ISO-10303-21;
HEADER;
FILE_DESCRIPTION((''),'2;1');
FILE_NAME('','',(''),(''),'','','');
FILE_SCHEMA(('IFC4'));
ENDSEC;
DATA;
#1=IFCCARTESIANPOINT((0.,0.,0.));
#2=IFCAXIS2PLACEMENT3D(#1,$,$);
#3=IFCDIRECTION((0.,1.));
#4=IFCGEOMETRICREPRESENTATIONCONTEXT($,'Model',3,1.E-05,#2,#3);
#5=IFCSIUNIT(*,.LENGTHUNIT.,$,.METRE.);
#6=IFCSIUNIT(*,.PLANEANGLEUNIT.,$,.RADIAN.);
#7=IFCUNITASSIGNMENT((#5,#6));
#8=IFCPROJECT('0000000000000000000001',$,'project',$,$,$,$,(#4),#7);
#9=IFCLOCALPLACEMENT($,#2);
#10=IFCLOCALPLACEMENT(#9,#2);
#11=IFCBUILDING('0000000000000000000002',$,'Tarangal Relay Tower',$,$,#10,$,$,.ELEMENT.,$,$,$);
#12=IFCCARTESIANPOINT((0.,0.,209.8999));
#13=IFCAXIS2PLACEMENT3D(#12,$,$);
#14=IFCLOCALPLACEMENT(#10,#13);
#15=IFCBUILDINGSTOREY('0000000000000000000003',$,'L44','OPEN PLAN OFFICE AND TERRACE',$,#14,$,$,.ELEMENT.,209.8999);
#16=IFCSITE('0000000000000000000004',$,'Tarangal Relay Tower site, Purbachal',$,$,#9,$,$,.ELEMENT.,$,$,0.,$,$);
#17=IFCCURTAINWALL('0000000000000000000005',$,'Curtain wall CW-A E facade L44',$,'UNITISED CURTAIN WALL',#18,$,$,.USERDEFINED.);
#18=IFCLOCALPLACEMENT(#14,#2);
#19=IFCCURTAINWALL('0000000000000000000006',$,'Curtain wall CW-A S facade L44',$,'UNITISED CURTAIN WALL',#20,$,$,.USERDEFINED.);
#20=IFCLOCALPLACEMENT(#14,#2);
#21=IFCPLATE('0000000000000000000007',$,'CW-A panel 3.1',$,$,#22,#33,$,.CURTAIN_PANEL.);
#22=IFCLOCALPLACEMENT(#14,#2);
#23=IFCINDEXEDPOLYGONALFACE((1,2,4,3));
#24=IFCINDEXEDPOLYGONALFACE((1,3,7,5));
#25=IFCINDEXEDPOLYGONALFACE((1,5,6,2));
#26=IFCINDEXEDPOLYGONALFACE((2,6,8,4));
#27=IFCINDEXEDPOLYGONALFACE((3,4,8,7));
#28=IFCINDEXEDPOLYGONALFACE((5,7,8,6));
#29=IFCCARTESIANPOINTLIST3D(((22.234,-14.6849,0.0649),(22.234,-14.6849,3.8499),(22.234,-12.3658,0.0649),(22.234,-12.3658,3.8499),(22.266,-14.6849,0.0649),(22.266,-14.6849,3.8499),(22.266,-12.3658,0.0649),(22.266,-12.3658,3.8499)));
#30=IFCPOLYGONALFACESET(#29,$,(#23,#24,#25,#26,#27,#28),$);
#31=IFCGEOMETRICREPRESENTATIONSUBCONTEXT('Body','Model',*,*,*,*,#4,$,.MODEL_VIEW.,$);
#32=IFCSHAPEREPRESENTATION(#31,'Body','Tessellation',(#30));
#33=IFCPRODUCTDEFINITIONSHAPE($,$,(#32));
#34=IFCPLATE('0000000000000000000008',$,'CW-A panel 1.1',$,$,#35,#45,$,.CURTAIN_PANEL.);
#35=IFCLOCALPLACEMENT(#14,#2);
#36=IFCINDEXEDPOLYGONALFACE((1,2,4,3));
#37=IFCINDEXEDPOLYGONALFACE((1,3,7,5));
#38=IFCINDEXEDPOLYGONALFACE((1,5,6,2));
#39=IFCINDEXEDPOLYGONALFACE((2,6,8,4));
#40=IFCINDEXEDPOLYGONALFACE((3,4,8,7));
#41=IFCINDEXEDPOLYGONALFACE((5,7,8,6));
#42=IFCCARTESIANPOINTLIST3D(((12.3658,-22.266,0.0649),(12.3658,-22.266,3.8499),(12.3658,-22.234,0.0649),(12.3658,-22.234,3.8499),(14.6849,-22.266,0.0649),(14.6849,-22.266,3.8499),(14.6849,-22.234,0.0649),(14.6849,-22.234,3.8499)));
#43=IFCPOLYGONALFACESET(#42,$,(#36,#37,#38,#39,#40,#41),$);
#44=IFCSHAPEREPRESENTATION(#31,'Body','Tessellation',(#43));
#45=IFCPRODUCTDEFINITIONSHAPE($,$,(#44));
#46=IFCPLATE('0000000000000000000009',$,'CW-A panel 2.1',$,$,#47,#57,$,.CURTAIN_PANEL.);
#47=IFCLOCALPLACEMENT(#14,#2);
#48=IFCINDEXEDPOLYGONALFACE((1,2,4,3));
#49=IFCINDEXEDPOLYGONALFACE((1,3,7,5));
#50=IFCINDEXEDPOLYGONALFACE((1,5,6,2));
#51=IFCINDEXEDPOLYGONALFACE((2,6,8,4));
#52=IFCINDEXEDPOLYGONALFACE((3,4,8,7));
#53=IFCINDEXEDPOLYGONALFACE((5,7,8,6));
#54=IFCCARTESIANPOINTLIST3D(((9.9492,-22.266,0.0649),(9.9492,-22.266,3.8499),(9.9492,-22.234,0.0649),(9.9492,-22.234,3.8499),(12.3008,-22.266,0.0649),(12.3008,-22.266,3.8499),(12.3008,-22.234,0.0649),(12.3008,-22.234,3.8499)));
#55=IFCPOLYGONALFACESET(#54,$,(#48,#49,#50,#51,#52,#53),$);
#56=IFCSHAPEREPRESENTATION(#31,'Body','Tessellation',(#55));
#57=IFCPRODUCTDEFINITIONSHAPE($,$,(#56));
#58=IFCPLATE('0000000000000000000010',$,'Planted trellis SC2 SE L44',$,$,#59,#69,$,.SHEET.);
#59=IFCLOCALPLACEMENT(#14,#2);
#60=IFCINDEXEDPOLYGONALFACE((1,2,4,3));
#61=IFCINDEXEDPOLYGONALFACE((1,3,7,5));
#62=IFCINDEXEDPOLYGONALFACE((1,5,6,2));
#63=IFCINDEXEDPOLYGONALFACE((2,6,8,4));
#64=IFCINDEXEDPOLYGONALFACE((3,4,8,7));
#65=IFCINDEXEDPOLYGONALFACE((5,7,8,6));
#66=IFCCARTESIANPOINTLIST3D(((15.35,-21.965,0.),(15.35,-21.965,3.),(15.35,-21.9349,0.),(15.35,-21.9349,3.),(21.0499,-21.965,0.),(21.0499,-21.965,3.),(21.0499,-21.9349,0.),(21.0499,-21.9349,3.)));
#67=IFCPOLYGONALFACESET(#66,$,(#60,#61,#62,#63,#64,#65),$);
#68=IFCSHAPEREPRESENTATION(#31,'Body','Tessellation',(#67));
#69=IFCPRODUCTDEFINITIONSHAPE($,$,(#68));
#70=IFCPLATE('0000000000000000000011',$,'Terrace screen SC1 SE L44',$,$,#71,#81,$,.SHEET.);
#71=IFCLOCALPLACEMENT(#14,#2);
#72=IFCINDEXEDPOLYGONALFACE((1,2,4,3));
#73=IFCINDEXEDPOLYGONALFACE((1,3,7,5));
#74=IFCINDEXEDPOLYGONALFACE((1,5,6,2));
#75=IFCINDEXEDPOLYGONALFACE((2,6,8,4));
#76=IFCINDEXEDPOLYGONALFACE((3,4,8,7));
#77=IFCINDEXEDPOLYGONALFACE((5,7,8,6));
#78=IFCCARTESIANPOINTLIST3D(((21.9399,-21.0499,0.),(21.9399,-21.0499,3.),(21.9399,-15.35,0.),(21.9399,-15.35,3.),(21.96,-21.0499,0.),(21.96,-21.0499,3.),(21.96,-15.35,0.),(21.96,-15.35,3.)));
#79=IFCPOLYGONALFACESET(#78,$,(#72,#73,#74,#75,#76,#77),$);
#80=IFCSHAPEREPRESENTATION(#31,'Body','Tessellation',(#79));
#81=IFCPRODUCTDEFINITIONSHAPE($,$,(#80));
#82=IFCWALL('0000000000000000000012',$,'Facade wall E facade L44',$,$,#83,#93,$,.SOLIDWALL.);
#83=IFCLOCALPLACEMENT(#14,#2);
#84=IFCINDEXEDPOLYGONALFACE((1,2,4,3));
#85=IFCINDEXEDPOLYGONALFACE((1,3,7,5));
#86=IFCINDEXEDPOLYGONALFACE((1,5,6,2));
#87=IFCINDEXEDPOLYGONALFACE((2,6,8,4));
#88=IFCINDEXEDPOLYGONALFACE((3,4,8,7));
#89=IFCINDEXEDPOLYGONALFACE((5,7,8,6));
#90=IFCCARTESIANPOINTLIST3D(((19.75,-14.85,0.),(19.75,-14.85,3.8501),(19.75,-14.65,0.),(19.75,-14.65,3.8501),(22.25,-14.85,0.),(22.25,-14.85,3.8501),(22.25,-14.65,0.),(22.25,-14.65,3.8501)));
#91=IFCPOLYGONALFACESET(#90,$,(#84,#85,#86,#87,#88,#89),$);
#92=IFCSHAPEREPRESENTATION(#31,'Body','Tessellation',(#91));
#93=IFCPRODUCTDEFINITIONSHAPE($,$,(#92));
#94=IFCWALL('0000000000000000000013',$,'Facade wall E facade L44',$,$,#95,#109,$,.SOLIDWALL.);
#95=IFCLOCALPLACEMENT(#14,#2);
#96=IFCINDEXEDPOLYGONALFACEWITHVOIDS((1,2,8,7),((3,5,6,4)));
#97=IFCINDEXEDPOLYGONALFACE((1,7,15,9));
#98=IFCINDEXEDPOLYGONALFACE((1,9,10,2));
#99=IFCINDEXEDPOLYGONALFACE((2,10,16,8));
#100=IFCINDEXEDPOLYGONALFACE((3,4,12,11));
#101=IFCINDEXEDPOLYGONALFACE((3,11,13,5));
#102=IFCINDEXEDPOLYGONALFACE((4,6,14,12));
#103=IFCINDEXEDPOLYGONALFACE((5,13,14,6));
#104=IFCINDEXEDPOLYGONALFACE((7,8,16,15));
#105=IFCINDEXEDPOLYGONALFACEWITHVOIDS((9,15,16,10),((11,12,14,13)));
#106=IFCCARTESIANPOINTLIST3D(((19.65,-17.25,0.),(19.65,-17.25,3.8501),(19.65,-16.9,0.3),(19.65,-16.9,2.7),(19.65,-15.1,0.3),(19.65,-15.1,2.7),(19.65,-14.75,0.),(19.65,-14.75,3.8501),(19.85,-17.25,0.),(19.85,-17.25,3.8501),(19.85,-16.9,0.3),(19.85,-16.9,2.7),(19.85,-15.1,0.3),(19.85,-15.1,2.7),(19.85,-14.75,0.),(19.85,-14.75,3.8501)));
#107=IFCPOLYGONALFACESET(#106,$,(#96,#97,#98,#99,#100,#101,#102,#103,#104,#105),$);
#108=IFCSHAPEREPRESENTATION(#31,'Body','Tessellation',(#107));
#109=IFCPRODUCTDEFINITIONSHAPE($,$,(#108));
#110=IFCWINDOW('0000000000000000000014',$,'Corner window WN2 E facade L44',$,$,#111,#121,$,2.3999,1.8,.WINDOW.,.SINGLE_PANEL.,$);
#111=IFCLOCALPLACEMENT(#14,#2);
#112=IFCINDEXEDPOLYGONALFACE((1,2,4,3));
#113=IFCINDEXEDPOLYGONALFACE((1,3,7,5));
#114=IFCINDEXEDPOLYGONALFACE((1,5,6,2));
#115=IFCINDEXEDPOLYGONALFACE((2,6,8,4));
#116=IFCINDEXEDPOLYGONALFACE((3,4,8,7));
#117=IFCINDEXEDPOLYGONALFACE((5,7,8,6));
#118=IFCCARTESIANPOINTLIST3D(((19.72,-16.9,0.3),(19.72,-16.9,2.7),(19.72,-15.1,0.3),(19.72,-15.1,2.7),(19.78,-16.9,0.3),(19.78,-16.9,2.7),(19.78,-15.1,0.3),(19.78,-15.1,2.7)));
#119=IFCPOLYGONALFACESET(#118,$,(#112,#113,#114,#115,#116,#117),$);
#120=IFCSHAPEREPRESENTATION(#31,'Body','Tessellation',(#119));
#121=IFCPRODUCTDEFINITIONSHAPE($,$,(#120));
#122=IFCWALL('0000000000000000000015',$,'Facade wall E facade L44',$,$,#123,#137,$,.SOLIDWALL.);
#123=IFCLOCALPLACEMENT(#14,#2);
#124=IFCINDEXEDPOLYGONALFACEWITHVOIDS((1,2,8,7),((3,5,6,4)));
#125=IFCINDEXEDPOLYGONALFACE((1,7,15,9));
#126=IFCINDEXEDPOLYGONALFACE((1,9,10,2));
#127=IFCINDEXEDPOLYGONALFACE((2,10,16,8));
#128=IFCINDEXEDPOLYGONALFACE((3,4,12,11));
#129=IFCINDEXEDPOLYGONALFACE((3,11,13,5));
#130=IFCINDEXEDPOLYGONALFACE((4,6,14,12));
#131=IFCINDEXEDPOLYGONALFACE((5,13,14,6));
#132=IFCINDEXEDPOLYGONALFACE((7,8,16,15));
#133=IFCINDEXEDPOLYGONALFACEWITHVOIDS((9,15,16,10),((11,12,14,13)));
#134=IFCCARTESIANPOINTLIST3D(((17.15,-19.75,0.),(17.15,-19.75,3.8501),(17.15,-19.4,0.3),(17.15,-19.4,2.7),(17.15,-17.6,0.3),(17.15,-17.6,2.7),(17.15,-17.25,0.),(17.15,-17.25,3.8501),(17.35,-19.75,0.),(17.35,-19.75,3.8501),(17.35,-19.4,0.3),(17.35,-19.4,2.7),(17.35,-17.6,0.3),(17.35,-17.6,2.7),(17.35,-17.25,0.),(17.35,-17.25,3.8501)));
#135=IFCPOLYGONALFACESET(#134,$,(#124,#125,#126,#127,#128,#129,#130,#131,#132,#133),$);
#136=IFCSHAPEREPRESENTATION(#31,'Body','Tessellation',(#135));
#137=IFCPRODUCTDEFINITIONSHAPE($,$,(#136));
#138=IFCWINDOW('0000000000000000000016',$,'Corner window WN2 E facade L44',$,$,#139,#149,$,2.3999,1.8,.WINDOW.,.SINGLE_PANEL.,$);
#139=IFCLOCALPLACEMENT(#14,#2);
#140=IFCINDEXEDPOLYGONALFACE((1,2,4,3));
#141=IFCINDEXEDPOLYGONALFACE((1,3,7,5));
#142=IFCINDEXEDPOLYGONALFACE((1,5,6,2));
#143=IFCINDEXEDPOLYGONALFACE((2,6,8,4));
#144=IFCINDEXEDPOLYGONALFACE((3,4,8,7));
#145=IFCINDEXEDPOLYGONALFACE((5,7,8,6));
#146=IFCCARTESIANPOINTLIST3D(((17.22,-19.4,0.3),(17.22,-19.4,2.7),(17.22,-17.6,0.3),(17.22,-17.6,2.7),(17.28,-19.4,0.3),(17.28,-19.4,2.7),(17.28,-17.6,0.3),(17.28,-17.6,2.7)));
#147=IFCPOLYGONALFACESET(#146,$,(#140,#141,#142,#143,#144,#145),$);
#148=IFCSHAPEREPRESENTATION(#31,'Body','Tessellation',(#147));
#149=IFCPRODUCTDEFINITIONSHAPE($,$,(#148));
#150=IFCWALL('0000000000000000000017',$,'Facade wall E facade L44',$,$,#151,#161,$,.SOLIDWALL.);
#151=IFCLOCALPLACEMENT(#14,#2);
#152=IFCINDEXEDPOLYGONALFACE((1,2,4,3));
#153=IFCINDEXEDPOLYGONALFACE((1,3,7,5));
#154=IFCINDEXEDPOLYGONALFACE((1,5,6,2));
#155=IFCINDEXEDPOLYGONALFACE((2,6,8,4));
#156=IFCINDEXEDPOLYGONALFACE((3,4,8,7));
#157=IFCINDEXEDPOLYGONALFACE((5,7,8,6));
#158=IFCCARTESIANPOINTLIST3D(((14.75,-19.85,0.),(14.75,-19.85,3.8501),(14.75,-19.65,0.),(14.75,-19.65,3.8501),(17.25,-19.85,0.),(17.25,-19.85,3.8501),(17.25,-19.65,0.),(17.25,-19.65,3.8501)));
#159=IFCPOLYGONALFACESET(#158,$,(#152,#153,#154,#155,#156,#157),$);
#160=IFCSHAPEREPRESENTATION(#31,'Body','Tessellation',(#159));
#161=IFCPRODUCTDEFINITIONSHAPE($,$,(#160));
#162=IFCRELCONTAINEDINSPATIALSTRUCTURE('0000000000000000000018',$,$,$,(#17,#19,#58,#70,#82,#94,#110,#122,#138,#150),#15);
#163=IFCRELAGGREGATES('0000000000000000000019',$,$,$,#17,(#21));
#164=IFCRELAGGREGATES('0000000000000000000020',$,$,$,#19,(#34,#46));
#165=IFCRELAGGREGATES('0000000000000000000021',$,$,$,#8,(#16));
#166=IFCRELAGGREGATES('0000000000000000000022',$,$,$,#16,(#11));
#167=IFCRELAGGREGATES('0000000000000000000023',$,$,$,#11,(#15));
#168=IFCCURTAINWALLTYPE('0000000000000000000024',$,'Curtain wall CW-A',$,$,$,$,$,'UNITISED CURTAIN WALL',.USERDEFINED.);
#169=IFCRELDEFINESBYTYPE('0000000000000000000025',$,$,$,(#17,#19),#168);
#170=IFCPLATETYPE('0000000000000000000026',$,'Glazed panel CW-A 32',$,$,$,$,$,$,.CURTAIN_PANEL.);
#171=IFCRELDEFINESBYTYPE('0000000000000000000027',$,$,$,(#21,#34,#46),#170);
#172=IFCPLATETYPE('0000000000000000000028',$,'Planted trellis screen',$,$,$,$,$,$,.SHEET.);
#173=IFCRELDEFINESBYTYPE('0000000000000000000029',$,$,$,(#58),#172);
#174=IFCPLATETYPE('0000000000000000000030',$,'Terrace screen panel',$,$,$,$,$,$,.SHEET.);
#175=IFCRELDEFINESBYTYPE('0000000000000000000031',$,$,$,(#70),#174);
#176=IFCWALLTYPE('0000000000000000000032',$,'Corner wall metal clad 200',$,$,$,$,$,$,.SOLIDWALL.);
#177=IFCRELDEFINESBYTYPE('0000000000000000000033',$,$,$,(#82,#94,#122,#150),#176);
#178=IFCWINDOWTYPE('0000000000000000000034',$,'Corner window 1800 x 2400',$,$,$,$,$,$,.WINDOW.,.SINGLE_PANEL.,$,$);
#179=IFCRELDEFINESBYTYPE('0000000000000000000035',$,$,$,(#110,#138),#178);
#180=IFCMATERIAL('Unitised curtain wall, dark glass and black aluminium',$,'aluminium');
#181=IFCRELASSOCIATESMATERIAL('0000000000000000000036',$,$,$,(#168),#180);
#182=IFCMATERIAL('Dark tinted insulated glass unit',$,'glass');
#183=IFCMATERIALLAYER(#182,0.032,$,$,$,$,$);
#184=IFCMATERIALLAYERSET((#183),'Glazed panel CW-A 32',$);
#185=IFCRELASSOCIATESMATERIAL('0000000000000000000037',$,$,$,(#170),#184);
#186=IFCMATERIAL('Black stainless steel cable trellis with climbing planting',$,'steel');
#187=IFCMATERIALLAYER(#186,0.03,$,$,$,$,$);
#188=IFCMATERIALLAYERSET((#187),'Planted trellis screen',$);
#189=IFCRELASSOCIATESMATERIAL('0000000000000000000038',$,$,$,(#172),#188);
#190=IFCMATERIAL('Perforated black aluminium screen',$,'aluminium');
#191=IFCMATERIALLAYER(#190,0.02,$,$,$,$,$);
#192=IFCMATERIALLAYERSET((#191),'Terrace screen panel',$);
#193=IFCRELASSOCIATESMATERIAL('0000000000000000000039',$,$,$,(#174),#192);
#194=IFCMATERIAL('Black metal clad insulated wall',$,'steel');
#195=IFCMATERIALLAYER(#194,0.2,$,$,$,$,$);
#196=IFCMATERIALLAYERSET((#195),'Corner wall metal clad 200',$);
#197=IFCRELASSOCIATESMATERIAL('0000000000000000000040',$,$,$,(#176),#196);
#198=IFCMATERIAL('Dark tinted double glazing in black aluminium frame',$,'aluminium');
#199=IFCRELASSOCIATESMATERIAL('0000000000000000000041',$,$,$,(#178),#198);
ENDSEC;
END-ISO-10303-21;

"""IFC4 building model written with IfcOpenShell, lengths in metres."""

from ifc_helpers import new_model, si_unit, direction, frame, frame_2d, origin, origin_2d, place, context, subcontext, project, spatial, rectangle, extrude, material, layer, layer_set, type_object, element, fill, aggregate, save


model = new_model("IFC4")

# Units and contexts
model_context = context("Model", 3, precision=1e-05, world=origin(), true_north=direction((0.0, 1.0)))
body_context = subcontext(model_context, "Body", "Model", "MODEL_VIEW")
ifc_project = project(units=[si_unit("LENGTHUNIT", "METRE"), si_unit("PLANEANGLEUNIT", "RADIAN")], contexts=[model_context])

# Site, building, storey
site_placement = place(None, origin())
site = spatial("IfcSite", under=ifc_project, at=site_placement, Name="Tarangal Relay Tower site, Purbachal", CompositionType="ELEMENT", RefElevation=0.0)
building_placement = place(site_placement, origin())
building = spatial("IfcBuilding", under=site, at=building_placement, Name="Tarangal Relay Tower", CompositionType="ELEMENT")
storey_placement = place(building_placement, frame((0.0, 0.0, 209.8999)))
storey = spatial("IfcBuildingStorey", under=building, at=storey_placement, Name="L44", Description="OPEN PLAN OFFICE AND TERRACE", CompositionType="ELEMENT", Elevation=209.8999)

# Curtain walls
ifc_material_1 = material(Name="Unitised curtain wall, dark glass and black aluminium", Category="aluminium")
curtain_wall_type = type_object("IfcCurtainWallType", Name="Curtain wall CW-A", ElementType="UNITISED CURTAIN WALL", PredefinedType="USERDEFINED", material=ifc_material_1)
curtain_wall_1_placement = place(storey_placement, origin())
curtain_wall_1 = element("IfcCurtainWall", 1, at=curtain_wall_1_placement, inside=storey, type_object=curtain_wall_type, Name="Curtain wall CW-A E facade L44", ObjectType="UNITISED CURTAIN WALL", PredefinedType="USERDEFINED")
curtain_wall_2_placement = place(storey_placement, origin())
curtain_wall_2 = element("IfcCurtainWall", 2, at=curtain_wall_2_placement, inside=storey, type_object=curtain_wall_type, Name="Curtain wall CW-A S facade L44", ObjectType="UNITISED CURTAIN WALL", PredefinedType="USERDEFINED")

# Plates
ifc_material_2 = material(Name="Dark tinted insulated glass unit", Category="glass")
ifc_layer_1 = layer(ifc_material_2, 0.032)
ifc_layer_set_1 = layer_set([ifc_layer_1], Name="Glazed panel CW-A 32")
plate_type_1 = type_object("IfcPlateType", Name="Glazed panel CW-A 32", PredefinedType="CURTAIN_PANEL", material=ifc_layer_set_1)
plate_1_placement = place(storey_placement, frame((22.25, -13.5254, 0.0649), z_axis=(0.0, 0.0, 1.0), x_axis=(0.0, -1.0, 0.0)))
plate_1 = element("IfcPlate", 3, at=plate_1_placement, type_object=plate_type_1, Name="CW-A panel 3.1", PredefinedType="CURTAIN_PANEL", context=body_context, shape_type="SweptSolid", body=[
    extrude(rectangle(XDim=2.3191, YDim=0.032, at=origin_2d()), origin(), (0.0, 0.0, 1.0), 3.7849),
])
aggregate(curtain_wall_1, [plate_1])
plate_2_placement = place(storey_placement, frame((13.5254, -22.25, 0.0649), z_axis=(0.0, 0.0, 1.0), x_axis=(-1.0, 0.0, 0.0)))
plate_2 = element("IfcPlate", 4, at=plate_2_placement, type_object=plate_type_1, Name="CW-A panel 1.1", PredefinedType="CURTAIN_PANEL", context=body_context, shape_type="SweptSolid", body=[
    extrude(rectangle(XDim=2.3191, YDim=0.032, at=origin_2d()), origin(), (0.0, 0.0, 1.0), 3.7849),
])
plate_3_placement = place(storey_placement, frame((11.125, -22.25, 0.0649), z_axis=(0.0, 0.0, 1.0), x_axis=(-1.0, 0.0, 0.0)))
plate_3 = element("IfcPlate", 5, at=plate_3_placement, type_object=plate_type_1, Name="CW-A panel 2.1", PredefinedType="CURTAIN_PANEL", context=body_context, shape_type="SweptSolid", body=[
    extrude(rectangle(XDim=2.3516, YDim=0.032, at=origin_2d()), origin(), (0.0, 0.0, 1.0), 3.7849),
])
aggregate(curtain_wall_2, [plate_2, plate_3])

# Plates
ifc_material_3 = material(Name="Black stainless steel cable trellis with climbing planting", Category="steel")
ifc_layer_2 = layer(ifc_material_3, 0.03)
ifc_layer_set_2 = layer_set([ifc_layer_2], Name="Planted trellis screen")
plate_type_2 = type_object("IfcPlateType", Name="Planted trellis screen", PredefinedType="SHEET", material=ifc_layer_set_2)
plate_4_placement = place(storey_placement, frame((18.2, -21.95, 0.0), z_axis=(0.0, 0.0, 1.0), x_axis=(-1.0, 0.0, 0.0)))
element("IfcPlate", 6, at=plate_4_placement, inside=storey, type_object=plate_type_2, Name="Planted trellis SC2 SE L44", PredefinedType="SHEET", context=body_context, shape_type="SweptSolid", body=[
    extrude(rectangle(XDim=5.7, YDim=0.03, at=origin_2d()), origin(), (0.0, 0.0, 1.0), 3.0),
])
ifc_material_4 = material(Name="Perforated black aluminium screen", Category="aluminium")
ifc_layer_3 = layer(ifc_material_4, 0.02)
ifc_layer_set_3 = layer_set([ifc_layer_3], Name="Terrace screen panel")
plate_type_3 = type_object("IfcPlateType", Name="Terrace screen panel", PredefinedType="SHEET", material=ifc_layer_set_3)
plate_5_placement = place(storey_placement, frame((21.95, -18.2, 0.0), z_axis=(0.0, 0.0, 1.0), x_axis=(0.0, -1.0, 0.0)))
element("IfcPlate", 7, at=plate_5_placement, inside=storey, type_object=plate_type_3, Name="Terrace screen SC1 SE L44", PredefinedType="SHEET", context=body_context, shape_type="SweptSolid", body=[
    extrude(rectangle(XDim=5.7, YDim=0.02, at=origin_2d()), origin(), (0.0, 0.0, 1.0), 3.0),
])

# Wall
ifc_material_5 = material(Name="Black metal clad insulated wall", Category="steel")
ifc_layer_4 = layer(ifc_material_5, 0.2)
ifc_layer_set_4 = layer_set([ifc_layer_4], Name="Corner wall metal clad 200")
wall_type_1 = type_object("IfcWallType", Name="Corner wall metal clad 200", PredefinedType="SOLIDWALL", material=ifc_layer_set_4)
wall_1_placement = place(storey_placement, frame((22.25, -14.75, 0.0), z_axis=(0.0, 0.0, 1.0), x_axis=(-1.0, 0.0, 0.0)))
element("IfcWall", 8, at=wall_1_placement, inside=storey, type_object=wall_type_1, Name="Facade wall E facade L44", PredefinedType="SOLIDWALL", context=body_context, shape_type="SweptSolid", body=[
    extrude(rectangle(XDim=2.5, YDim=0.2, at=frame_2d((1.25, 0.0))), origin(), (0.0, 0.0, 1.0), 3.8501),
])

# Wall, opening, window
wall_2_placement = place(storey_placement, frame((19.75, -14.75, 0.0), z_axis=(0.0, 0.0, 1.0), x_axis=(0.0, -1.0, 0.0)))
wall_2 = element("IfcWall", 9, at=wall_2_placement, inside=storey, type_object=wall_type_1, Name="Facade wall E facade L44", PredefinedType="SOLIDWALL", context=body_context, shape_type="SweptSolid", body=[
    extrude(rectangle(XDim=2.5, YDim=0.2, at=frame_2d((1.25, 0.0))), origin(), (0.0, 0.0, 1.0), 3.8501),
])
opening_1_placement = place(wall_2_placement, frame((0.3501, 0.0, 0.3)))
opening_1 = element("IfcOpeningElement", 10, at=opening_1_placement, cuts=wall_2, PredefinedType="OPENING", context=body_context, shape_type="SweptSolid", body=[
    extrude(rectangle(XDim=1.8, YDim=2.3999, at=frame_2d((0.8999, 1.2))), frame((0.0, 0.1099, 0.0), z_axis=(0.0, -1.0, 0.0), x_axis=(1.0, 0.0, 0.0)), (0.0, 0.0, 1.0), 0.22),
])
ifc_material_6 = material(Name="Dark tinted double glazing in black aluminium frame", Category="aluminium")
window_type = type_object("IfcWindowType", Name="Corner window 1800 x 2400", PartitioningType="SINGLE_PANEL", PredefinedType="WINDOW", material=ifc_material_6)
window_1_placement = place(opening_1_placement, origin())
window_1 = element("IfcWindow", 11, at=window_1_placement, inside=storey, type_object=window_type, Name="Corner window WN2 E facade L44", OverallHeight=2.3999, OverallWidth=1.8, PartitioningType="SINGLE_PANEL", PredefinedType="WINDOW", context=body_context, shape_type="SweptSolid", body=[
    extrude(rectangle(XDim=1.8, YDim=2.3999, at=frame_2d((0.8999, 1.2))), frame((0.0, 0.03, 0.0), z_axis=(0.0, -1.0, 0.0), x_axis=(1.0, 0.0, 0.0)), (0.0, 0.0, 1.0), 0.0601),
])
fill(opening_1, window_1)

# Wall, opening, window
wall_3_placement = place(storey_placement, frame((17.25, -17.25, 0.0), z_axis=(0.0, 0.0, 1.0), x_axis=(0.0, -1.0, 0.0)))
wall_3 = element("IfcWall", 12, at=wall_3_placement, inside=storey, type_object=wall_type_1, Name="Facade wall E facade L44", PredefinedType="SOLIDWALL", context=body_context, shape_type="SweptSolid", body=[
    extrude(rectangle(XDim=2.5, YDim=0.2, at=frame_2d((1.25, 0.0))), origin(), (0.0, 0.0, 1.0), 3.8501),
])
opening_2_placement = place(wall_3_placement, frame((0.3501, 0.0, 0.3)))
opening_2 = element("IfcOpeningElement", 13, at=opening_2_placement, cuts=wall_3, PredefinedType="OPENING", context=body_context, shape_type="SweptSolid", body=[
    extrude(rectangle(XDim=1.8, YDim=2.3999, at=frame_2d((0.8999, 1.2))), frame((0.0, 0.1099, 0.0), z_axis=(0.0, -1.0, 0.0), x_axis=(1.0, 0.0, 0.0)), (0.0, 0.0, 1.0), 0.22),
])
window_2_placement = place(opening_2_placement, origin())
window_2 = element("IfcWindow", 14, at=window_2_placement, inside=storey, type_object=window_type, Name="Corner window WN2 E facade L44", OverallHeight=2.3999, OverallWidth=1.8, PartitioningType="SINGLE_PANEL", PredefinedType="WINDOW", context=body_context, shape_type="SweptSolid", body=[
    extrude(rectangle(XDim=1.8, YDim=2.3999, at=frame_2d((0.8999, 1.2))), frame((0.0, 0.03, 0.0), z_axis=(0.0, -1.0, 0.0), x_axis=(1.0, 0.0, 0.0)), (0.0, 0.0, 1.0), 0.0601),
])
fill(opening_2, window_2)

# Wall
wall_4_placement = place(storey_placement, frame((17.25, -19.75, 0.0), z_axis=(0.0, 0.0, 1.0), x_axis=(-1.0, 0.0, 0.0)))
element("IfcWall", 15, at=wall_4_placement, inside=storey, type_object=wall_type_1, Name="Facade wall E facade L44", PredefinedType="SOLIDWALL", context=body_context, shape_type="SweptSolid", body=[
    extrude(rectangle(XDim=2.5, YDim=0.2, at=frame_2d((1.25, 0.0))), origin(), (0.0, 0.0, 1.0), 3.8501),
])

save(model, "model.ifc")
